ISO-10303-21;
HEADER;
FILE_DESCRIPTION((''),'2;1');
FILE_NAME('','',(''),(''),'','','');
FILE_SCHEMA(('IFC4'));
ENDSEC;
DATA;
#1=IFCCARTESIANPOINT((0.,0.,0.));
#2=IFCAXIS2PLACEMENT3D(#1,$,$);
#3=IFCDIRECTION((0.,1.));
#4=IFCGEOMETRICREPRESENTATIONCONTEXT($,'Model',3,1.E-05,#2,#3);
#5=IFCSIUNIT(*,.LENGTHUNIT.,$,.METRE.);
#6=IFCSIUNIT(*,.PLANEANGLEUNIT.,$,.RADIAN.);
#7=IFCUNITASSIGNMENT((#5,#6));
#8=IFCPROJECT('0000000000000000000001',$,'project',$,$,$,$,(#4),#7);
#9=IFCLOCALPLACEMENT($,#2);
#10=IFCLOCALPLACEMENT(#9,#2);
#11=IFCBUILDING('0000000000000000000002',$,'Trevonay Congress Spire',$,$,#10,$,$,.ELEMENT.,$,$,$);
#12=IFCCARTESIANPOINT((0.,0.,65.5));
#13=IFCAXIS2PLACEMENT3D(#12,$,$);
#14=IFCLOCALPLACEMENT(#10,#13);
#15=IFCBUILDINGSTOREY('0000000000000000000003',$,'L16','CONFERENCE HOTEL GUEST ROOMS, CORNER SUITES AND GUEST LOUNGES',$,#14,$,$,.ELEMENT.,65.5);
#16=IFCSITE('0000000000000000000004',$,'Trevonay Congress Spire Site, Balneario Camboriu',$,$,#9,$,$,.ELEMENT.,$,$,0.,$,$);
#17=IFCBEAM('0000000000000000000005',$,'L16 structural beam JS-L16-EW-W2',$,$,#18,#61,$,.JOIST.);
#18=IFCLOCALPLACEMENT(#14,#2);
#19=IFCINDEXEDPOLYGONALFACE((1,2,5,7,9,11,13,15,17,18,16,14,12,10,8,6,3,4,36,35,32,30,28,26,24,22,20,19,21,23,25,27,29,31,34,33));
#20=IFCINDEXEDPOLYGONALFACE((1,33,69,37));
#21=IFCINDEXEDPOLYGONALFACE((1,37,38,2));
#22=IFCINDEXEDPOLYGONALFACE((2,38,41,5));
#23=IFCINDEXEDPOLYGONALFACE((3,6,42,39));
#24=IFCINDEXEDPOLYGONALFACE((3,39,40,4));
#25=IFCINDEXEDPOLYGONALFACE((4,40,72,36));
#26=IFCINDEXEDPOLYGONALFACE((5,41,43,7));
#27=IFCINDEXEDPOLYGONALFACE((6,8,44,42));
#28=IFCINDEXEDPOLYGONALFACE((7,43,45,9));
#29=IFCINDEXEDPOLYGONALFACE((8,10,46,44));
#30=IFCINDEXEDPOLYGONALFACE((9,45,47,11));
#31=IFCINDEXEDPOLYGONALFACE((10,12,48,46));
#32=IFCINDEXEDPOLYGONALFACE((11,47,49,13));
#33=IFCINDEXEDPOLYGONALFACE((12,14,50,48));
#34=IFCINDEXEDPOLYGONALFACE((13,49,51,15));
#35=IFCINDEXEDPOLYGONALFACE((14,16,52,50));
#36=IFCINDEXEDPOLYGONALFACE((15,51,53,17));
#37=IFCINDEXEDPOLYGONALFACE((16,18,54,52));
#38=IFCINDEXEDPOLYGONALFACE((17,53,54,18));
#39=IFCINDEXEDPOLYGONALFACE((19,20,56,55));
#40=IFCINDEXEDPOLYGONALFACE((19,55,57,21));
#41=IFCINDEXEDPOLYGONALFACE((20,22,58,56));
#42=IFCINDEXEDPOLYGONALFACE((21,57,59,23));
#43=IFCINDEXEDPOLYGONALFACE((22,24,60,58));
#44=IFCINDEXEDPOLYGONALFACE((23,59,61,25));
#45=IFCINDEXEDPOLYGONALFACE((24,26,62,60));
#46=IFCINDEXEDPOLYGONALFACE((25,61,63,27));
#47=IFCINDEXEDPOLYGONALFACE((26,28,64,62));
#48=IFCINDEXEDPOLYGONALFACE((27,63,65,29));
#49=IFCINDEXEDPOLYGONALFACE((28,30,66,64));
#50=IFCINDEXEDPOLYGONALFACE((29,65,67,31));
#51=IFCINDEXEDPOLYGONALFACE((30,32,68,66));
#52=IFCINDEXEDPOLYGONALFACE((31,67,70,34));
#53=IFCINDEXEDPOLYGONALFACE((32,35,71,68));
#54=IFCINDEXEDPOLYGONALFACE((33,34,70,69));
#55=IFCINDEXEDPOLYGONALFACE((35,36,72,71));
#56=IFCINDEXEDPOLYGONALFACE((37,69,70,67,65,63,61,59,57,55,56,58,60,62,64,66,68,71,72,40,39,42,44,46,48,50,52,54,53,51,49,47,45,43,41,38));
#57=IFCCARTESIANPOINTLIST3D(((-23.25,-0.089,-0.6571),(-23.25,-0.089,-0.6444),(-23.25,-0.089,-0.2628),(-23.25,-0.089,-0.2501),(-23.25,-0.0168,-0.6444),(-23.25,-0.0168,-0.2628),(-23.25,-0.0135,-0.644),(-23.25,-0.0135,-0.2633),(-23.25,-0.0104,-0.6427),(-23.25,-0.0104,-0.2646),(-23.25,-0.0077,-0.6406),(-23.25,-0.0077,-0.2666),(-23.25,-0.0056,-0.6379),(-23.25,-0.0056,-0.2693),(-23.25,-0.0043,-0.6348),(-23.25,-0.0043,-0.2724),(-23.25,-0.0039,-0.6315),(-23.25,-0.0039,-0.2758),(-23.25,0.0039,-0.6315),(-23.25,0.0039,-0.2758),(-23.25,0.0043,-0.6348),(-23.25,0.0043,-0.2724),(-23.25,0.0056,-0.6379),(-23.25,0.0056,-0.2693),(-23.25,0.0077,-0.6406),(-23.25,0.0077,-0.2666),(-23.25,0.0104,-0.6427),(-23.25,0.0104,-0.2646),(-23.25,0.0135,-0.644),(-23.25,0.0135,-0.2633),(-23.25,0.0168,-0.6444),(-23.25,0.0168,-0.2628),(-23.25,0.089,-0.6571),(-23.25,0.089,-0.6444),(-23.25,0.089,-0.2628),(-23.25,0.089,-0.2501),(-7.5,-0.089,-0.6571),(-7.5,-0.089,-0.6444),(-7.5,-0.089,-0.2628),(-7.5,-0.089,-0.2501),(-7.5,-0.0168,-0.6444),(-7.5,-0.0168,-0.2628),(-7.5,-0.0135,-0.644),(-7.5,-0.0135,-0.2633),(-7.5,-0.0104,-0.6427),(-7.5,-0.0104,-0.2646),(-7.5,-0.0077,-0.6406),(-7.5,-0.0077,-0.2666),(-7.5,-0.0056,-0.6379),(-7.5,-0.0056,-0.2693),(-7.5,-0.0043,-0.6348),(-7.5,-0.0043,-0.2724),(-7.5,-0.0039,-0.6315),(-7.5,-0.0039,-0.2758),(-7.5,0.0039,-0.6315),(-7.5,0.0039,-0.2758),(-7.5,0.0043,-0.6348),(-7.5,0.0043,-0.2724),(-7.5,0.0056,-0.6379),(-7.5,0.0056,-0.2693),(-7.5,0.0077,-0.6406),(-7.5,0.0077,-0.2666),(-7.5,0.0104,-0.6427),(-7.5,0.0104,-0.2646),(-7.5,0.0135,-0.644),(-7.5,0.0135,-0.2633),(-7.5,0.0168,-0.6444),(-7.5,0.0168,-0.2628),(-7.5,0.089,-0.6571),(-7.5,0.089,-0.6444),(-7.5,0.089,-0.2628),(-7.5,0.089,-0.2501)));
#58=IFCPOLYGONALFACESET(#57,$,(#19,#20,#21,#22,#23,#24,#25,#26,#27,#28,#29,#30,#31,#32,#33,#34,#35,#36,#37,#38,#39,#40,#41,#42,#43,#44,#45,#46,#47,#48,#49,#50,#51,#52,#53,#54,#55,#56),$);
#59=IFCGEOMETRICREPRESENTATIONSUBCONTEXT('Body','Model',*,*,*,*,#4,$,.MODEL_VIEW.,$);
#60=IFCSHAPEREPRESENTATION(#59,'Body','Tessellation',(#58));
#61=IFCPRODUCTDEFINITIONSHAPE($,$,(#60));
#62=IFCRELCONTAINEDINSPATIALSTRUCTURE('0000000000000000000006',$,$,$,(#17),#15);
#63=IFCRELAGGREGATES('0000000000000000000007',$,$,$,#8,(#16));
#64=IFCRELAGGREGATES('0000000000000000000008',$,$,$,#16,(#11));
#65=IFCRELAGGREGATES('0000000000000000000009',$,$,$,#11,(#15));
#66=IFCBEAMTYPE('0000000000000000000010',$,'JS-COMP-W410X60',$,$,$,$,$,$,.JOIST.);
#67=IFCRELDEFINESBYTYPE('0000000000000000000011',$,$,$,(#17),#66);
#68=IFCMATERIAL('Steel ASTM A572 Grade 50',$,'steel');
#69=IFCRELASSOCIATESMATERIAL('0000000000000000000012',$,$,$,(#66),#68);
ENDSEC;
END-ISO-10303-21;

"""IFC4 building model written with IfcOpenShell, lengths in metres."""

from ifc_helpers import new_model, si_unit, direction, frame, origin, origin_2d, place, context, subcontext, project, spatial, i_section, extrude, material, material_profile, profile_set, type_object, element, save


model = new_model("IFC4")

# Units and contexts
model_context = context("Model", 3, precision=1e-05, world=origin(), true_north=direction((0.0, 1.0)))
body_context = subcontext(model_context, "Body", "Model", "MODEL_VIEW")
ifc_project = project(units=[si_unit("LENGTHUNIT", "METRE"), si_unit("PLANEANGLEUNIT", "RADIAN")], contexts=[model_context])

# Site, building, storey
site_placement = place(None, origin())
site = spatial("IfcSite", under=ifc_project, at=site_placement, Name="Trevonay Congress Spire Site, Balneario Camboriu", CompositionType="ELEMENT", RefElevation=0.0)
building_placement = place(site_placement, origin())
building = spatial("IfcBuilding", under=site, at=building_placement, Name="Trevonay Congress Spire", CompositionType="ELEMENT")
storey_placement = place(building_placement, frame((0.0, 0.0, 65.5)))
storey = spatial("IfcBuildingStorey", under=building, at=storey_placement, Name="L16", Description="CONFERENCE HOTEL GUEST ROOMS, CORNER SUITES AND GUEST LOUNGES", CompositionType="ELEMENT", Elevation=65.5)

# Shared definitions
ifc_material_1 = material(Name="Steel ASTM A572 Grade 50", Category="steel")

# Beam
ifc_material_profile_1 = material_profile(ifc_material_1, i_section(OverallWidth=0.178, OverallDepth=0.407, WebThickness=0.0078, FlangeThickness=0.0127, FilletRadius=0.0129, at=origin_2d()), Name="W410x60")
ifc_profile_set_1 = profile_set([ifc_material_profile_1], Name="Steel ASTM A572 Grade 50")
beam_type_1 = type_object("IfcBeamType", Name="JS-COMP-W410X60", PredefinedType="JOIST", material=ifc_profile_set_1)
for number, where, z_axis, x_axis, name in (
    (1, (-23.25, 0.0, -0.4536), (1.0, 0.0, 0.0), (0.0, 1.0, 0.0), "L16 structural beam JS-L16-EW-W2"),
):
    element("IfcBeam", number, at=place(storey_placement, frame(where, z_axis=z_axis, x_axis=x_axis)), inside=storey, type_object=beam_type_1, Name=name, PredefinedType="JOIST", context=body_context, shape_type="SweptSolid", body=[
        extrude(i_section(OverallWidth=0.178, OverallDepth=0.407, WebThickness=0.0078, FlangeThickness=0.0127, FilletRadius=0.0129, at=origin_2d()), origin(), (0.0, 0.0, 1.0), 15.75),
    ])

save(model, "model.ifc")
